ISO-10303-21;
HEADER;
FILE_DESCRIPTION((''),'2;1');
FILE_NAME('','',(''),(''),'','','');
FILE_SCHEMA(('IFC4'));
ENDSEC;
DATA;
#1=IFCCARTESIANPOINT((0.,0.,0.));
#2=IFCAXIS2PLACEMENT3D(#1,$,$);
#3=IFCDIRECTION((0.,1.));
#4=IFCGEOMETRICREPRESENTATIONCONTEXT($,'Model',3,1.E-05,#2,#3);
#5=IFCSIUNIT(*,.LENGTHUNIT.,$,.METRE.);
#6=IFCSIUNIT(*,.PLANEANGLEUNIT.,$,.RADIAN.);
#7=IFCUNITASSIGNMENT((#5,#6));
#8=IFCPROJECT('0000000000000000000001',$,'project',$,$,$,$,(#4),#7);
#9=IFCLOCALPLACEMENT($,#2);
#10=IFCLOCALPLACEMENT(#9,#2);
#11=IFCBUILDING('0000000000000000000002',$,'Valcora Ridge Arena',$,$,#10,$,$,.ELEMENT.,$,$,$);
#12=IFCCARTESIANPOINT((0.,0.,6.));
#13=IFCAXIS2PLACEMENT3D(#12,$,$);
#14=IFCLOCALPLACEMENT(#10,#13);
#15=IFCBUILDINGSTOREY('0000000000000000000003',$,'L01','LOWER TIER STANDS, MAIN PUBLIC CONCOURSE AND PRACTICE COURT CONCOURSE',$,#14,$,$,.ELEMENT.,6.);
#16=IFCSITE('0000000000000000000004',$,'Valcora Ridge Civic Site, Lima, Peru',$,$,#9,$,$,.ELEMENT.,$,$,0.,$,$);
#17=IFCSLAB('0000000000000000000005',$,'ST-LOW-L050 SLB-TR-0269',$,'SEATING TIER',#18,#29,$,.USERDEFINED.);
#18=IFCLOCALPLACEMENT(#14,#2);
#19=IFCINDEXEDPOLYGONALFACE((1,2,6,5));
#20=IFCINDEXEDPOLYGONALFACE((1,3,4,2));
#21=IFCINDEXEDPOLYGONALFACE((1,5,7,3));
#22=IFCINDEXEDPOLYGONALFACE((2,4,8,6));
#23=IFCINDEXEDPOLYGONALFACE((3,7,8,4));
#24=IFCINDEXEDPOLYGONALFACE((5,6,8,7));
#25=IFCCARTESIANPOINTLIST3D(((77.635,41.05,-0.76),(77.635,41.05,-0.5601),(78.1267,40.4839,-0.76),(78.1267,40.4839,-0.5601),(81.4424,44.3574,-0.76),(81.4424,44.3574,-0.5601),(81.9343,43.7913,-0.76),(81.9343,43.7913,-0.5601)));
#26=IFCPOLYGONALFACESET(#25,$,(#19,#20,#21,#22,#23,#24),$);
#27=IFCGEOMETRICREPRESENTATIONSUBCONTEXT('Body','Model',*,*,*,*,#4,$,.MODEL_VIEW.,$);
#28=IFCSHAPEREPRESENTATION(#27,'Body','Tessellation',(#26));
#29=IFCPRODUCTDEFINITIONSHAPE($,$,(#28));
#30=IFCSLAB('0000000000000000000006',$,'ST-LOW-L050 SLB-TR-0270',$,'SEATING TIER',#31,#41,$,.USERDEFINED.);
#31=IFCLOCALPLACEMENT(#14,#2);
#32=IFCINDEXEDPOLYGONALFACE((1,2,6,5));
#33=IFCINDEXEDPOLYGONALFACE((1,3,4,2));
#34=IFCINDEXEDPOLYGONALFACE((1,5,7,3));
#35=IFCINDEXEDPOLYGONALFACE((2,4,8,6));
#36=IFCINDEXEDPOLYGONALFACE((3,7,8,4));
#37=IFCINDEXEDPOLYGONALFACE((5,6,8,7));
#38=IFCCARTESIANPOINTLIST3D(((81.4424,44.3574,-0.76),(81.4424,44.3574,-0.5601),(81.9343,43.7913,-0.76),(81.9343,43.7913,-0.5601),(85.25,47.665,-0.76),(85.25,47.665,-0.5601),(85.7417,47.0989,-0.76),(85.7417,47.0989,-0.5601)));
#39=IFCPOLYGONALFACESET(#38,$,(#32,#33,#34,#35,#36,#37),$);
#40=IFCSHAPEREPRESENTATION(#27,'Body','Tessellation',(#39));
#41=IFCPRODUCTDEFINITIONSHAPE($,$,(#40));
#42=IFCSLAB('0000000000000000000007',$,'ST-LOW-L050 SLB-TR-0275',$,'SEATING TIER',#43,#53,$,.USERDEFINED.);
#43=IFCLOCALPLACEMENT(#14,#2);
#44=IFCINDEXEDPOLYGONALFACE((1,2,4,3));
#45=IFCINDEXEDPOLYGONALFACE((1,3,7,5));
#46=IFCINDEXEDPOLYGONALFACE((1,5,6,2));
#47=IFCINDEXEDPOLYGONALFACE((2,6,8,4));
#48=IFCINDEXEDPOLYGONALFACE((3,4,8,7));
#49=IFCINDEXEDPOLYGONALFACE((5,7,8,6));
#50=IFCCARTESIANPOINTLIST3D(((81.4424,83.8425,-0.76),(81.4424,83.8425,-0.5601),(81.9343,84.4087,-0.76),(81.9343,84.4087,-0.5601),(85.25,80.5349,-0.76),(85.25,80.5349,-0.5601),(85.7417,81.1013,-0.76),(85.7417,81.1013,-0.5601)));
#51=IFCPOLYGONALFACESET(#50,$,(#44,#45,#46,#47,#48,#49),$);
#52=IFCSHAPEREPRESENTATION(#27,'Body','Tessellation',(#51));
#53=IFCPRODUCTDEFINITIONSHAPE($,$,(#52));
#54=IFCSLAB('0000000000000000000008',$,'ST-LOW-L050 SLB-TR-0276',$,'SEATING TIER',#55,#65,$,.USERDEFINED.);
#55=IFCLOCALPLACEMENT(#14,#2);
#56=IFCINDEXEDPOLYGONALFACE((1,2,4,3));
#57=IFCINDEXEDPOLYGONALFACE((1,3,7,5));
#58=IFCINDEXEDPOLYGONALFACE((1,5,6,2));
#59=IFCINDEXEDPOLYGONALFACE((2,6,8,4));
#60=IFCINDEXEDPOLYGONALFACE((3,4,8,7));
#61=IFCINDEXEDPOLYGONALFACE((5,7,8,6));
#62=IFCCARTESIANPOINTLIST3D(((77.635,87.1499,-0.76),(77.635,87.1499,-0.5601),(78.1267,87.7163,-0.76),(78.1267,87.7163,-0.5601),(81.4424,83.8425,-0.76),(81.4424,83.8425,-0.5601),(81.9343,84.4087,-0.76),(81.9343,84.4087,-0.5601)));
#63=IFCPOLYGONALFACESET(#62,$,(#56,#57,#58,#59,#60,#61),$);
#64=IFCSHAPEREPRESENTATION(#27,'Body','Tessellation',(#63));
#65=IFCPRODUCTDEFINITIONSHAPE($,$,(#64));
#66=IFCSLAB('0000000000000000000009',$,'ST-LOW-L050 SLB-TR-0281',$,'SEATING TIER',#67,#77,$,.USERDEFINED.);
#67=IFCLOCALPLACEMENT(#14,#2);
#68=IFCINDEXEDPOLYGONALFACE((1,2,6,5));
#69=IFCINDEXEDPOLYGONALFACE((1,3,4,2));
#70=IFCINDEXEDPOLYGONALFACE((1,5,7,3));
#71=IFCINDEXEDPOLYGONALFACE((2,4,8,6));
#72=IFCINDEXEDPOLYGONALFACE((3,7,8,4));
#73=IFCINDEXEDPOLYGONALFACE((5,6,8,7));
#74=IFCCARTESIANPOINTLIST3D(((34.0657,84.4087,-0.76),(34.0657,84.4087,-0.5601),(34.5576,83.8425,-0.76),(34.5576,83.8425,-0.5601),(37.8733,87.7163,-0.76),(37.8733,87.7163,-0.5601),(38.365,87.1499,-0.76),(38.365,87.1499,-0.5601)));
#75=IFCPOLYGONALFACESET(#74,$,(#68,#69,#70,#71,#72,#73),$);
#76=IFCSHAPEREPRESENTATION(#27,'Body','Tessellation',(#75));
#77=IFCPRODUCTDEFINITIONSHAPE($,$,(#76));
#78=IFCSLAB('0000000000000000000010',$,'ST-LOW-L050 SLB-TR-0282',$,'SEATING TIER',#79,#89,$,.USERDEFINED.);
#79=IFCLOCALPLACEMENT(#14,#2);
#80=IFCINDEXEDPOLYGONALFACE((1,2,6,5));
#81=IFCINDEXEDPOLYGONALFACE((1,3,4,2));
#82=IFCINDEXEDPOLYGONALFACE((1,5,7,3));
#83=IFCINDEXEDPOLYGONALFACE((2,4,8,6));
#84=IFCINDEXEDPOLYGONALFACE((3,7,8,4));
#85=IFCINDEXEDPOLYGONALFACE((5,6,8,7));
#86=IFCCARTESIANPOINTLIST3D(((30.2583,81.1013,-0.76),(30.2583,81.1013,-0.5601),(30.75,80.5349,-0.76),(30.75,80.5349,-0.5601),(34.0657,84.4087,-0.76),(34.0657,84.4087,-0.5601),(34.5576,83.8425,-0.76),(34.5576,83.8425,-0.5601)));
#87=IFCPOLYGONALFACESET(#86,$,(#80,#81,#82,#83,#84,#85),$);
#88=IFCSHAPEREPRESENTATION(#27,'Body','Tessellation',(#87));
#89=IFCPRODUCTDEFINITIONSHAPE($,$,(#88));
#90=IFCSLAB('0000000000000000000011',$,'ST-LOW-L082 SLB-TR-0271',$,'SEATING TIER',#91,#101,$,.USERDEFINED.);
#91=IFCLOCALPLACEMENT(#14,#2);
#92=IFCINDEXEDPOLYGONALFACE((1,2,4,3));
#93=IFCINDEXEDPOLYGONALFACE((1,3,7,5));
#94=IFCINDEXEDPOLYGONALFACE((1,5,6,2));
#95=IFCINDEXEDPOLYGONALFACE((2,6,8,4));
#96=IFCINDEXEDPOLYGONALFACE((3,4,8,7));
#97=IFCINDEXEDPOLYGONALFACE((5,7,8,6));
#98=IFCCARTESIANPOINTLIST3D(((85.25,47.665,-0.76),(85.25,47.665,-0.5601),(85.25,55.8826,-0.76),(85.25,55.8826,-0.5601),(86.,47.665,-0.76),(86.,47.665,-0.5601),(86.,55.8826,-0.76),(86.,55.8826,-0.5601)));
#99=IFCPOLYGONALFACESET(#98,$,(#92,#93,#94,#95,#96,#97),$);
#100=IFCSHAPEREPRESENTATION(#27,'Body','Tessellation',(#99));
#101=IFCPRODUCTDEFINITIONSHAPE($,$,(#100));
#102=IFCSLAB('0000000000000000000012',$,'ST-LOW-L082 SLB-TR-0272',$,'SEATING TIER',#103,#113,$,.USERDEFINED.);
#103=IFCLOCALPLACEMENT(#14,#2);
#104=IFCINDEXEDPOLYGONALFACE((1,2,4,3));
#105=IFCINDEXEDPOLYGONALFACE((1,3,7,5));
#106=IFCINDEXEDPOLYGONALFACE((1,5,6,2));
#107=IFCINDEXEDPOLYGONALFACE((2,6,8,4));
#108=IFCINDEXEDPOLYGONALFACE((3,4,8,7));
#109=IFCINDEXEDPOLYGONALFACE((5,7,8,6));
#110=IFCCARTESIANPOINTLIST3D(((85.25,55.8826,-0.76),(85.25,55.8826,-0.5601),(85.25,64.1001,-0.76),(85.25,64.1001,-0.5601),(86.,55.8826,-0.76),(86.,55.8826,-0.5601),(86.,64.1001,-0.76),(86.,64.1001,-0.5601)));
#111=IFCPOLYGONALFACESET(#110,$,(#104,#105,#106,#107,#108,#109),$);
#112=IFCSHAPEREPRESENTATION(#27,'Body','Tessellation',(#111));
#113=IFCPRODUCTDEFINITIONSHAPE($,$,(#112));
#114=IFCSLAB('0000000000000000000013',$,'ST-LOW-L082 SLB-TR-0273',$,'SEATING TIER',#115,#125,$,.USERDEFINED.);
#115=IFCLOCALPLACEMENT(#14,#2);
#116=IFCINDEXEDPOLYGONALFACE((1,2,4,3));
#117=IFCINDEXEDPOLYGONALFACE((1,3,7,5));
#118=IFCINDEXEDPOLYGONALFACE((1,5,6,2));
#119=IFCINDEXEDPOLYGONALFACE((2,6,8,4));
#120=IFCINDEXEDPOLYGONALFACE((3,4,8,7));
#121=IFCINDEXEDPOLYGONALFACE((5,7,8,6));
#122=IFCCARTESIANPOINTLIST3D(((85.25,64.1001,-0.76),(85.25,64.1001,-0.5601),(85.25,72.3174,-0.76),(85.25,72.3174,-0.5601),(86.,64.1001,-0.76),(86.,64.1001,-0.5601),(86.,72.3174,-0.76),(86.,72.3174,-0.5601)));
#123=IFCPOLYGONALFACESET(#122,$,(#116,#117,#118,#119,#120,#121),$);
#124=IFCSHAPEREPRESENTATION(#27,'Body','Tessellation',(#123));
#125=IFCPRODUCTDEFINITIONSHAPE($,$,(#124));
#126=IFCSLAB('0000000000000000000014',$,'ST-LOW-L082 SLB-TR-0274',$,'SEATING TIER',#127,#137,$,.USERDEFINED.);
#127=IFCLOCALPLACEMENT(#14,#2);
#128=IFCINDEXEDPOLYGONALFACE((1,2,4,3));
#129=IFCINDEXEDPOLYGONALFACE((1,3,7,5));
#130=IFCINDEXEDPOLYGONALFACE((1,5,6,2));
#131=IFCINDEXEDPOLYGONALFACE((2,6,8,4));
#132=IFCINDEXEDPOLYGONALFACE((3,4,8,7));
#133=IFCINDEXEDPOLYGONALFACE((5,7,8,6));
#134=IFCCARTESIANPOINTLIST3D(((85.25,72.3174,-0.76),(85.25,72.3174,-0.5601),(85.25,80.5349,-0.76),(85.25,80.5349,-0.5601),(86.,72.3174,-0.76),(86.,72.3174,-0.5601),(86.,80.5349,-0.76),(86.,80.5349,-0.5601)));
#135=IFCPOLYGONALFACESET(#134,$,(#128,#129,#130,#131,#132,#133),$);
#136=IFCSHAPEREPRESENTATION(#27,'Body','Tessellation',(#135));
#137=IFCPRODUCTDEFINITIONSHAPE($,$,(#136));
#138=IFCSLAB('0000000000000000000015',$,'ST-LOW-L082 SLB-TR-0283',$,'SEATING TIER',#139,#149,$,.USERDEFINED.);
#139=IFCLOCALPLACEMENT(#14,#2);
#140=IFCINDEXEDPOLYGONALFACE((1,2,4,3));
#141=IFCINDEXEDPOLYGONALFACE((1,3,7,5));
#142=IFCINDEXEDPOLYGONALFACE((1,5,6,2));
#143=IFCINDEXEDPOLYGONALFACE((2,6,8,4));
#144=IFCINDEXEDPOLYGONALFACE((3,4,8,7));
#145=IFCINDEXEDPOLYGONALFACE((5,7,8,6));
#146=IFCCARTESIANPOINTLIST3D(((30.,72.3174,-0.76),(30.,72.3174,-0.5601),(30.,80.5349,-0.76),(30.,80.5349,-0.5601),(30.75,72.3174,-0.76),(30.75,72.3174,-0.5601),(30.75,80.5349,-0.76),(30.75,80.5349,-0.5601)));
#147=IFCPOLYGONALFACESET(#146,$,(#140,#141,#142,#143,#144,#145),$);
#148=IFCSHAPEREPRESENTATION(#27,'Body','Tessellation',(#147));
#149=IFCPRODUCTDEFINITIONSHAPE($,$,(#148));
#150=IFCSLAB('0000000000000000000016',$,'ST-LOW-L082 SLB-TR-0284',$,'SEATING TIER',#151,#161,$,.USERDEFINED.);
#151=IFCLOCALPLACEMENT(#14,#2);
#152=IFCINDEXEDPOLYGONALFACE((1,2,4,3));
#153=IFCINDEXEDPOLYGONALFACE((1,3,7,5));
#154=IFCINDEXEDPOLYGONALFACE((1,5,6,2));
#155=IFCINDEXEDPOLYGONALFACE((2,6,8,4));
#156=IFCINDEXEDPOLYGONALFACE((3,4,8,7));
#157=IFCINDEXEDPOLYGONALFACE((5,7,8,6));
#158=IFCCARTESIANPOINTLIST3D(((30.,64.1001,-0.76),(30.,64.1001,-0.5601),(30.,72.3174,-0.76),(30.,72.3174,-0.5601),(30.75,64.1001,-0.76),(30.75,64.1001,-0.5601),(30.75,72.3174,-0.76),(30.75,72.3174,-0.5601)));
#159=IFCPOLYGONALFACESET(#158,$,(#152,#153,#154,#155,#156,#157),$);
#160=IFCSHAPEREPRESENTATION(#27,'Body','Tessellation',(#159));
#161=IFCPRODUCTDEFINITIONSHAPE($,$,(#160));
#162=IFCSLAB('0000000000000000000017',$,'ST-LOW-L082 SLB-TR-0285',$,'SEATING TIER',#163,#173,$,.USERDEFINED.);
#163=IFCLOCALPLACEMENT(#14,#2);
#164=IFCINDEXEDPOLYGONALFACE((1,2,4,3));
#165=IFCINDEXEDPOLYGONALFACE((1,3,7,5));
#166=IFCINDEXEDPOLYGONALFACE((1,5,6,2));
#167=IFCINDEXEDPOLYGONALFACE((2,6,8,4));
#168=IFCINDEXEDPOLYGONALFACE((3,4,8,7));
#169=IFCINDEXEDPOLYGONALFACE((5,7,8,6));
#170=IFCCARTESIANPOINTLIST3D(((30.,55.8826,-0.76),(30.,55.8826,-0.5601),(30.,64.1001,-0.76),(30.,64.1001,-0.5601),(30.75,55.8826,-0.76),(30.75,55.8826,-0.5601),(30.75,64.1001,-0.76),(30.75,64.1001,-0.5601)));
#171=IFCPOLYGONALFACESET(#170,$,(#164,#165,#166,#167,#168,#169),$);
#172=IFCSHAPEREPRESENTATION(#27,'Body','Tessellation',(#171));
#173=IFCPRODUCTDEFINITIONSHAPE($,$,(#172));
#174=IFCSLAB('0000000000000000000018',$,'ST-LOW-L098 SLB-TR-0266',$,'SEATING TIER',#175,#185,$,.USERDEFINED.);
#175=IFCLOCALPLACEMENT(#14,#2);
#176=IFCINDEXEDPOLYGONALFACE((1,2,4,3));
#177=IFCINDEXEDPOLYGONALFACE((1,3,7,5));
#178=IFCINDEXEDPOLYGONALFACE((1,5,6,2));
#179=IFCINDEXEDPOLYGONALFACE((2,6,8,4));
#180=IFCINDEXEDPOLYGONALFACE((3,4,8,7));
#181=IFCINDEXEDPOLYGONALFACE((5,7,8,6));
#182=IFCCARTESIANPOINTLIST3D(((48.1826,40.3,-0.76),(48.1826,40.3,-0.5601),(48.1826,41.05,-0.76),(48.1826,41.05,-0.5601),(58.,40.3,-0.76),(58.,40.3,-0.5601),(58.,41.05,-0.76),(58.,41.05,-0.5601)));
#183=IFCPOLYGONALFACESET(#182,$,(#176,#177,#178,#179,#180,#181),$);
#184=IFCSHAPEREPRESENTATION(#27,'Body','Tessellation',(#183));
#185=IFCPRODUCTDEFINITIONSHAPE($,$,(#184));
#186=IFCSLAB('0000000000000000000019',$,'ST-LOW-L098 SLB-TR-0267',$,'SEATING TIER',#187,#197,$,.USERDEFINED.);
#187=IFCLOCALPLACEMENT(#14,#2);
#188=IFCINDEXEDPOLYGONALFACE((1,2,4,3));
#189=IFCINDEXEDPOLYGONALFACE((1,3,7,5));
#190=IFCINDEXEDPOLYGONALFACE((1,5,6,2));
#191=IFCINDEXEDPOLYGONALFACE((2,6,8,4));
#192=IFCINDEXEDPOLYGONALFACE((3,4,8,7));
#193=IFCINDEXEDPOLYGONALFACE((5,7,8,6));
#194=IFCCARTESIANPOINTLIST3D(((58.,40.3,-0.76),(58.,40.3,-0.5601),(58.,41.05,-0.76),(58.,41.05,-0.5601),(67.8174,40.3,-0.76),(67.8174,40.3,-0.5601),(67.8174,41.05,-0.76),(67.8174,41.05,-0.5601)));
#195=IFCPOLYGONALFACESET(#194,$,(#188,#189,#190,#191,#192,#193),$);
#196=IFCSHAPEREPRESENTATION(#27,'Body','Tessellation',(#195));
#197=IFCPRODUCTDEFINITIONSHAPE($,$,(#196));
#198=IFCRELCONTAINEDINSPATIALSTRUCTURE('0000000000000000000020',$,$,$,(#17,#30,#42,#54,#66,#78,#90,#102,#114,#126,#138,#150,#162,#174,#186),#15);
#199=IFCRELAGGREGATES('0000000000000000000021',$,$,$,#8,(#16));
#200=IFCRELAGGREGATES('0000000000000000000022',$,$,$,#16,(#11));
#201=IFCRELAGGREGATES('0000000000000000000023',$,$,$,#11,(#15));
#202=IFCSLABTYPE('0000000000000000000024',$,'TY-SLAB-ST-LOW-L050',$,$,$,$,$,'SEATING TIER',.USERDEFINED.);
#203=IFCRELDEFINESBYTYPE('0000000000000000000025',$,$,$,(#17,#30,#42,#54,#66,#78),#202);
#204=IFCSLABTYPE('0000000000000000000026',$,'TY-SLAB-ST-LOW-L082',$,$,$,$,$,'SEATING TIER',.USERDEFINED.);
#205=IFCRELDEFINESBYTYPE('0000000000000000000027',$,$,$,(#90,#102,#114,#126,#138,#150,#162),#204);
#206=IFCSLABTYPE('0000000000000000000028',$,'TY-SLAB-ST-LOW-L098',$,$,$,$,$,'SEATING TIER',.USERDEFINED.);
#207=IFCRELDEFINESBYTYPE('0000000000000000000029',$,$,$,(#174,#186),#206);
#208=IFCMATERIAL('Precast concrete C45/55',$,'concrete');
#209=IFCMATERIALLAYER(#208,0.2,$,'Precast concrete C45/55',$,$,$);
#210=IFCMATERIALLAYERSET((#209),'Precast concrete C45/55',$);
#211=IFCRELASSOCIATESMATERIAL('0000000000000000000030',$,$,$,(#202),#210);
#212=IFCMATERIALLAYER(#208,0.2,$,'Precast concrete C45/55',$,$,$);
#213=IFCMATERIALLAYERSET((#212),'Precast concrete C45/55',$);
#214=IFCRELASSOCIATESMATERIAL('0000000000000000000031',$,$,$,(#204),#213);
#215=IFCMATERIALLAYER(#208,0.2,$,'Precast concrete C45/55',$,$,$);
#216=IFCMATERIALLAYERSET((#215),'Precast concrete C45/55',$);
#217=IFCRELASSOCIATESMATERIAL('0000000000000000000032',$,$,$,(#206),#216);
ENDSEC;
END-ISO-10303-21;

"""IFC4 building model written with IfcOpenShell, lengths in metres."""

from ifc_helpers import new_model, si_unit, direction, frame, origin, place, context, subcontext, project, spatial, polyline, outline, extrude, material, layer, layer_set, type_object, element, save


model = new_model("IFC4")

# Units and contexts
model_context = context("Model", 3, precision=1e-05, world=origin(), true_north=direction((0.0, 1.0)))
body_context = subcontext(model_context, "Body", "Model", "MODEL_VIEW")
ifc_project = project(units=[si_unit("LENGTHUNIT", "METRE"), si_unit("PLANEANGLEUNIT", "RADIAN")], contexts=[model_context])

# Site, building, storey
site_placement = place(None, origin())
site = spatial("IfcSite", under=ifc_project, at=site_placement, Name="Valcora Ridge Civic Site, Lima, Peru", CompositionType="ELEMENT", RefElevation=0.0)
building_placement = place(site_placement, origin())
building = spatial("IfcBuilding", under=site, at=building_placement, Name="Valcora Ridge Arena", CompositionType="ELEMENT")
storey_placement = place(building_placement, frame((0.0, 0.0, 6.0)))
storey = spatial("IfcBuildingStorey", under=building, at=storey_placement, Name="L01", Description="LOWER TIER STANDS, MAIN PUBLIC CONCOURSE AND PRACTICE COURT CONCOURSE", CompositionType="ELEMENT", Elevation=6.0)

# Slabs
ifc_material = material(Name="Precast concrete C45/55", Category="concrete")
ifc_layer_1 = layer(ifc_material, 0.2, Name="Precast concrete C45/55")
ifc_layer_set_1 = layer_set([ifc_layer_1], Name="Precast concrete C45/55")
slab_type_1 = type_object("IfcSlabType", Name="TY-SLAB-ST-LOW-L050", ElementType="SEATING TIER", PredefinedType="USERDEFINED", material=ifc_layer_set_1)
slab_1_placement = place(storey_placement, frame((0.0, 0.0, -0.76)))
element("IfcSlab", 1, at=slab_1_placement, inside=storey, type_object=slab_type_1, Name="ST-LOW-L050 SLB-TR-0269", ObjectType="SEATING TIER", PredefinedType="USERDEFINED", context=body_context, shape_type="SweptSolid", body=[
    extrude(outline(polyline([(77.635, 41.05), (81.4424, 44.3574), (81.9343, 43.7913), (78.1267, 40.4839), (77.635, 41.05)])), origin(), (0.0, 0.0, 1.0), 0.2),
])
slab_2_placement = place(storey_placement, frame((0.0, 0.0, -0.76)))
element("IfcSlab", 2, at=slab_2_placement, inside=storey, type_object=slab_type_1, Name="ST-LOW-L050 SLB-TR-0270", ObjectType="SEATING TIER", PredefinedType="USERDEFINED", context=body_context, shape_type="SweptSolid", body=[
    extrude(outline(polyline([(81.4424, 44.3574), (85.25, 47.665), (85.7417, 47.0989), (81.9343, 43.7913), (81.4424, 44.3574)])), origin(), (0.0, 0.0, 1.0), 0.2),
])
slab_3_placement = place(storey_placement, frame((0.0, 0.0, -0.76)))
element("IfcSlab", 3, at=slab_3_placement, inside=storey, type_object=slab_type_1, Name="ST-LOW-L050 SLB-TR-0275", ObjectType="SEATING TIER", PredefinedType="USERDEFINED", context=body_context, shape_type="SweptSolid", body=[
    extrude(outline(polyline([(85.25, 80.5349), (81.4424, 83.8425), (81.9343, 84.4087), (85.7417, 81.1013), (85.25, 80.5349)])), origin(), (0.0, 0.0, 1.0), 0.2),
])
slab_4_placement = place(storey_placement, frame((0.0, 0.0, -0.76)))
element("IfcSlab", 4, at=slab_4_placement, inside=storey, type_object=slab_type_1, Name="ST-LOW-L050 SLB-TR-0276", ObjectType="SEATING TIER", PredefinedType="USERDEFINED", context=body_context, shape_type="SweptSolid", body=[
    extrude(outline(polyline([(81.4424, 83.8425), (77.635, 87.1499), (78.1267, 87.7163), (81.9343, 84.4087), (81.4424, 83.8425)])), origin(), (0.0, 0.0, 1.0), 0.2),
])
slab_5_placement = place(storey_placement, frame((0.0, 0.0, -0.76)))
element("IfcSlab", 5, at=slab_5_placement, inside=storey, type_object=slab_type_1, Name="ST-LOW-L050 SLB-TR-0281", ObjectType="SEATING TIER", PredefinedType="USERDEFINED", context=body_context, shape_type="SweptSolid", body=[
    extrude(outline(polyline([(38.365, 87.1499), (34.5576, 83.8425), (34.0657, 84.4087), (37.8733, 87.7163), (38.365, 87.1499)])), origin(), (0.0, 0.0, 1.0), 0.2),
])
slab_6_placement = place(storey_placement, frame((0.0, 0.0, -0.76)))
element("IfcSlab", 6, at=slab_6_placement, inside=storey, type_object=slab_type_1, Name="ST-LOW-L050 SLB-TR-0282", ObjectType="SEATING TIER", PredefinedType="USERDEFINED", context=body_context, shape_type="SweptSolid", body=[
    extrude(outline(polyline([(34.5576, 83.8425), (30.75, 80.5349), (30.2583, 81.1013), (34.0657, 84.4087), (34.5576, 83.8425)])), origin(), (0.0, 0.0, 1.0), 0.2),
])
ifc_layer_2 = layer(ifc_material, 0.2, Name="Precast concrete C45/55")
ifc_layer_set_2 = layer_set([ifc_layer_2], Name="Precast concrete C45/55")
slab_type_2 = type_object("IfcSlabType", Name="TY-SLAB-ST-LOW-L082", ElementType="SEATING TIER", PredefinedType="USERDEFINED", material=ifc_layer_set_2)
slab_7_placement = place(storey_placement, frame((0.0, 0.0, -0.76)))
element("IfcSlab", 7, at=slab_7_placement, inside=storey, type_object=slab_type_2, Name="ST-LOW-L082 SLB-TR-0271", ObjectType="SEATING TIER", PredefinedType="USERDEFINED", context=body_context, shape_type="SweptSolid", body=[
    extrude(outline(polyline([(85.25, 47.665), (85.25, 55.8826), (86.0, 55.8826), (86.0, 47.665), (85.25, 47.665)])), origin(), (0.0, 0.0, 1.0), 0.2),
])
slab_8_placement = place(storey_placement, frame((0.0, 0.0, -0.76)))
element("IfcSlab", 8, at=slab_8_placement, inside=storey, type_object=slab_type_2, Name="ST-LOW-L082 SLB-TR-0272", ObjectType="SEATING TIER", PredefinedType="USERDEFINED", context=body_context, shape_type="SweptSolid", body=[
    extrude(outline(polyline([(85.25, 55.8826), (85.25, 64.1001), (86.0, 64.1001), (86.0, 55.8826), (85.25, 55.8826)])), origin(), (0.0, 0.0, 1.0), 0.2),
])
slab_9_placement = place(storey_placement, frame((0.0, 0.0, -0.76)))
element("IfcSlab", 9, at=slab_9_placement, inside=storey, type_object=slab_type_2, Name="ST-LOW-L082 SLB-TR-0273", ObjectType="SEATING TIER", PredefinedType="USERDEFINED", context=body_context, shape_type="SweptSolid", body=[
    extrude(outline(polyline([(85.25, 64.1001), (85.25, 72.3174), (86.0, 72.3174), (86.0, 64.1001), (85.25, 64.1001)])), origin(), (0.0, 0.0, 1.0), 0.2),
])
slab_10_placement = place(storey_placement, frame((0.0, 0.0, -0.76)))
element("IfcSlab", 10, at=slab_10_placement, inside=storey, type_object=slab_type_2, Name="ST-LOW-L082 SLB-TR-0274", ObjectType="SEATING TIER", PredefinedType="USERDEFINED", context=body_context, shape_type="SweptSolid", body=[
    extrude(outline(polyline([(85.25, 72.3174), (85.25, 80.5349), (86.0, 80.5349), (86.0, 72.3174), (85.25, 72.3174)])), origin(), (0.0, 0.0, 1.0), 0.2),
])
slab_11_placement = place(storey_placement, frame((0.0, 0.0, -0.76)))
element("IfcSlab", 11, at=slab_11_placement, inside=storey, type_object=slab_type_2, Name="ST-LOW-L082 SLB-TR-0283", ObjectType="SEATING TIER", PredefinedType="USERDEFINED", context=body_context, shape_type="SweptSolid", body=[
    extrude(outline(polyline([(30.75, 80.5349), (30.75, 72.3174), (30.0, 72.3174), (30.0, 80.5349), (30.75, 80.5349)])), origin(), (0.0, 0.0, 1.0), 0.2),
])
slab_12_placement = place(storey_placement, frame((0.0, 0.0, -0.76)))
element("IfcSlab", 12, at=slab_12_placement, inside=storey, type_object=slab_type_2, Name="ST-LOW-L082 SLB-TR-0284", ObjectType="SEATING TIER", PredefinedType="USERDEFINED", context=body_context, shape_type="SweptSolid", body=[
    extrude(outline(polyline([(30.75, 72.3174), (30.75, 64.1001), (30.0, 64.1001), (30.0, 72.3174), (30.75, 72.3174)])), origin(), (0.0, 0.0, 1.0), 0.2),
])
slab_13_placement = place(storey_placement, frame((0.0, 0.0, -0.76)))
element("IfcSlab", 13, at=slab_13_placement, inside=storey, type_object=slab_type_2, Name="ST-LOW-L082 SLB-TR-0285", ObjectType="SEATING TIER", PredefinedType="USERDEFINED", context=body_context, shape_type="SweptSolid", body=[
    extrude(outline(polyline([(30.75, 64.1001), (30.75, 55.8826), (30.0, 55.8826), (30.0, 64.1001), (30.75, 64.1001)])), origin(), (0.0, 0.0, 1.0), 0.2),
])
ifc_layer_3 = layer(ifc_material, 0.2, Name="Precast concrete C45/55")
ifc_layer_set_3 = layer_set([ifc_layer_3], Name="Precast concrete C45/55")
slab_type_3 = type_object("IfcSlabType", Name="TY-SLAB-ST-LOW-L098", ElementType="SEATING TIER", PredefinedType="USERDEFINED", material=ifc_layer_set_3)
slab_14_placement = place(storey_placement, frame((0.0, 0.0, -0.76)))
element("IfcSlab", 14, at=slab_14_placement, inside=storey, type_object=slab_type_3, Name="ST-LOW-L098 SLB-TR-0266", ObjectType="SEATING TIER", PredefinedType="USERDEFINED", context=body_context, shape_type="SweptSolid", body=[
    extrude(outline(polyline([(48.1826, 41.05), (58.0, 41.05), (58.0, 40.3), (48.1826, 40.3), (48.1826, 41.05)])), origin(), (0.0, 0.0, 1.0), 0.2),
])
slab_15_placement = place(storey_placement, frame((0.0, 0.0, -0.76)))
element("IfcSlab", 15, at=slab_15_placement, inside=storey, type_object=slab_type_3, Name="ST-LOW-L098 SLB-TR-0267", ObjectType="SEATING TIER", PredefinedType="USERDEFINED", context=body_context, shape_type="SweptSolid", body=[
    extrude(outline(polyline([(58.0, 41.05), (67.8174, 41.05), (67.8174, 40.3), (58.0, 40.3), (58.0, 41.05)])), origin(), (0.0, 0.0, 1.0), 0.2),
])

save(model, "model.ifc")
